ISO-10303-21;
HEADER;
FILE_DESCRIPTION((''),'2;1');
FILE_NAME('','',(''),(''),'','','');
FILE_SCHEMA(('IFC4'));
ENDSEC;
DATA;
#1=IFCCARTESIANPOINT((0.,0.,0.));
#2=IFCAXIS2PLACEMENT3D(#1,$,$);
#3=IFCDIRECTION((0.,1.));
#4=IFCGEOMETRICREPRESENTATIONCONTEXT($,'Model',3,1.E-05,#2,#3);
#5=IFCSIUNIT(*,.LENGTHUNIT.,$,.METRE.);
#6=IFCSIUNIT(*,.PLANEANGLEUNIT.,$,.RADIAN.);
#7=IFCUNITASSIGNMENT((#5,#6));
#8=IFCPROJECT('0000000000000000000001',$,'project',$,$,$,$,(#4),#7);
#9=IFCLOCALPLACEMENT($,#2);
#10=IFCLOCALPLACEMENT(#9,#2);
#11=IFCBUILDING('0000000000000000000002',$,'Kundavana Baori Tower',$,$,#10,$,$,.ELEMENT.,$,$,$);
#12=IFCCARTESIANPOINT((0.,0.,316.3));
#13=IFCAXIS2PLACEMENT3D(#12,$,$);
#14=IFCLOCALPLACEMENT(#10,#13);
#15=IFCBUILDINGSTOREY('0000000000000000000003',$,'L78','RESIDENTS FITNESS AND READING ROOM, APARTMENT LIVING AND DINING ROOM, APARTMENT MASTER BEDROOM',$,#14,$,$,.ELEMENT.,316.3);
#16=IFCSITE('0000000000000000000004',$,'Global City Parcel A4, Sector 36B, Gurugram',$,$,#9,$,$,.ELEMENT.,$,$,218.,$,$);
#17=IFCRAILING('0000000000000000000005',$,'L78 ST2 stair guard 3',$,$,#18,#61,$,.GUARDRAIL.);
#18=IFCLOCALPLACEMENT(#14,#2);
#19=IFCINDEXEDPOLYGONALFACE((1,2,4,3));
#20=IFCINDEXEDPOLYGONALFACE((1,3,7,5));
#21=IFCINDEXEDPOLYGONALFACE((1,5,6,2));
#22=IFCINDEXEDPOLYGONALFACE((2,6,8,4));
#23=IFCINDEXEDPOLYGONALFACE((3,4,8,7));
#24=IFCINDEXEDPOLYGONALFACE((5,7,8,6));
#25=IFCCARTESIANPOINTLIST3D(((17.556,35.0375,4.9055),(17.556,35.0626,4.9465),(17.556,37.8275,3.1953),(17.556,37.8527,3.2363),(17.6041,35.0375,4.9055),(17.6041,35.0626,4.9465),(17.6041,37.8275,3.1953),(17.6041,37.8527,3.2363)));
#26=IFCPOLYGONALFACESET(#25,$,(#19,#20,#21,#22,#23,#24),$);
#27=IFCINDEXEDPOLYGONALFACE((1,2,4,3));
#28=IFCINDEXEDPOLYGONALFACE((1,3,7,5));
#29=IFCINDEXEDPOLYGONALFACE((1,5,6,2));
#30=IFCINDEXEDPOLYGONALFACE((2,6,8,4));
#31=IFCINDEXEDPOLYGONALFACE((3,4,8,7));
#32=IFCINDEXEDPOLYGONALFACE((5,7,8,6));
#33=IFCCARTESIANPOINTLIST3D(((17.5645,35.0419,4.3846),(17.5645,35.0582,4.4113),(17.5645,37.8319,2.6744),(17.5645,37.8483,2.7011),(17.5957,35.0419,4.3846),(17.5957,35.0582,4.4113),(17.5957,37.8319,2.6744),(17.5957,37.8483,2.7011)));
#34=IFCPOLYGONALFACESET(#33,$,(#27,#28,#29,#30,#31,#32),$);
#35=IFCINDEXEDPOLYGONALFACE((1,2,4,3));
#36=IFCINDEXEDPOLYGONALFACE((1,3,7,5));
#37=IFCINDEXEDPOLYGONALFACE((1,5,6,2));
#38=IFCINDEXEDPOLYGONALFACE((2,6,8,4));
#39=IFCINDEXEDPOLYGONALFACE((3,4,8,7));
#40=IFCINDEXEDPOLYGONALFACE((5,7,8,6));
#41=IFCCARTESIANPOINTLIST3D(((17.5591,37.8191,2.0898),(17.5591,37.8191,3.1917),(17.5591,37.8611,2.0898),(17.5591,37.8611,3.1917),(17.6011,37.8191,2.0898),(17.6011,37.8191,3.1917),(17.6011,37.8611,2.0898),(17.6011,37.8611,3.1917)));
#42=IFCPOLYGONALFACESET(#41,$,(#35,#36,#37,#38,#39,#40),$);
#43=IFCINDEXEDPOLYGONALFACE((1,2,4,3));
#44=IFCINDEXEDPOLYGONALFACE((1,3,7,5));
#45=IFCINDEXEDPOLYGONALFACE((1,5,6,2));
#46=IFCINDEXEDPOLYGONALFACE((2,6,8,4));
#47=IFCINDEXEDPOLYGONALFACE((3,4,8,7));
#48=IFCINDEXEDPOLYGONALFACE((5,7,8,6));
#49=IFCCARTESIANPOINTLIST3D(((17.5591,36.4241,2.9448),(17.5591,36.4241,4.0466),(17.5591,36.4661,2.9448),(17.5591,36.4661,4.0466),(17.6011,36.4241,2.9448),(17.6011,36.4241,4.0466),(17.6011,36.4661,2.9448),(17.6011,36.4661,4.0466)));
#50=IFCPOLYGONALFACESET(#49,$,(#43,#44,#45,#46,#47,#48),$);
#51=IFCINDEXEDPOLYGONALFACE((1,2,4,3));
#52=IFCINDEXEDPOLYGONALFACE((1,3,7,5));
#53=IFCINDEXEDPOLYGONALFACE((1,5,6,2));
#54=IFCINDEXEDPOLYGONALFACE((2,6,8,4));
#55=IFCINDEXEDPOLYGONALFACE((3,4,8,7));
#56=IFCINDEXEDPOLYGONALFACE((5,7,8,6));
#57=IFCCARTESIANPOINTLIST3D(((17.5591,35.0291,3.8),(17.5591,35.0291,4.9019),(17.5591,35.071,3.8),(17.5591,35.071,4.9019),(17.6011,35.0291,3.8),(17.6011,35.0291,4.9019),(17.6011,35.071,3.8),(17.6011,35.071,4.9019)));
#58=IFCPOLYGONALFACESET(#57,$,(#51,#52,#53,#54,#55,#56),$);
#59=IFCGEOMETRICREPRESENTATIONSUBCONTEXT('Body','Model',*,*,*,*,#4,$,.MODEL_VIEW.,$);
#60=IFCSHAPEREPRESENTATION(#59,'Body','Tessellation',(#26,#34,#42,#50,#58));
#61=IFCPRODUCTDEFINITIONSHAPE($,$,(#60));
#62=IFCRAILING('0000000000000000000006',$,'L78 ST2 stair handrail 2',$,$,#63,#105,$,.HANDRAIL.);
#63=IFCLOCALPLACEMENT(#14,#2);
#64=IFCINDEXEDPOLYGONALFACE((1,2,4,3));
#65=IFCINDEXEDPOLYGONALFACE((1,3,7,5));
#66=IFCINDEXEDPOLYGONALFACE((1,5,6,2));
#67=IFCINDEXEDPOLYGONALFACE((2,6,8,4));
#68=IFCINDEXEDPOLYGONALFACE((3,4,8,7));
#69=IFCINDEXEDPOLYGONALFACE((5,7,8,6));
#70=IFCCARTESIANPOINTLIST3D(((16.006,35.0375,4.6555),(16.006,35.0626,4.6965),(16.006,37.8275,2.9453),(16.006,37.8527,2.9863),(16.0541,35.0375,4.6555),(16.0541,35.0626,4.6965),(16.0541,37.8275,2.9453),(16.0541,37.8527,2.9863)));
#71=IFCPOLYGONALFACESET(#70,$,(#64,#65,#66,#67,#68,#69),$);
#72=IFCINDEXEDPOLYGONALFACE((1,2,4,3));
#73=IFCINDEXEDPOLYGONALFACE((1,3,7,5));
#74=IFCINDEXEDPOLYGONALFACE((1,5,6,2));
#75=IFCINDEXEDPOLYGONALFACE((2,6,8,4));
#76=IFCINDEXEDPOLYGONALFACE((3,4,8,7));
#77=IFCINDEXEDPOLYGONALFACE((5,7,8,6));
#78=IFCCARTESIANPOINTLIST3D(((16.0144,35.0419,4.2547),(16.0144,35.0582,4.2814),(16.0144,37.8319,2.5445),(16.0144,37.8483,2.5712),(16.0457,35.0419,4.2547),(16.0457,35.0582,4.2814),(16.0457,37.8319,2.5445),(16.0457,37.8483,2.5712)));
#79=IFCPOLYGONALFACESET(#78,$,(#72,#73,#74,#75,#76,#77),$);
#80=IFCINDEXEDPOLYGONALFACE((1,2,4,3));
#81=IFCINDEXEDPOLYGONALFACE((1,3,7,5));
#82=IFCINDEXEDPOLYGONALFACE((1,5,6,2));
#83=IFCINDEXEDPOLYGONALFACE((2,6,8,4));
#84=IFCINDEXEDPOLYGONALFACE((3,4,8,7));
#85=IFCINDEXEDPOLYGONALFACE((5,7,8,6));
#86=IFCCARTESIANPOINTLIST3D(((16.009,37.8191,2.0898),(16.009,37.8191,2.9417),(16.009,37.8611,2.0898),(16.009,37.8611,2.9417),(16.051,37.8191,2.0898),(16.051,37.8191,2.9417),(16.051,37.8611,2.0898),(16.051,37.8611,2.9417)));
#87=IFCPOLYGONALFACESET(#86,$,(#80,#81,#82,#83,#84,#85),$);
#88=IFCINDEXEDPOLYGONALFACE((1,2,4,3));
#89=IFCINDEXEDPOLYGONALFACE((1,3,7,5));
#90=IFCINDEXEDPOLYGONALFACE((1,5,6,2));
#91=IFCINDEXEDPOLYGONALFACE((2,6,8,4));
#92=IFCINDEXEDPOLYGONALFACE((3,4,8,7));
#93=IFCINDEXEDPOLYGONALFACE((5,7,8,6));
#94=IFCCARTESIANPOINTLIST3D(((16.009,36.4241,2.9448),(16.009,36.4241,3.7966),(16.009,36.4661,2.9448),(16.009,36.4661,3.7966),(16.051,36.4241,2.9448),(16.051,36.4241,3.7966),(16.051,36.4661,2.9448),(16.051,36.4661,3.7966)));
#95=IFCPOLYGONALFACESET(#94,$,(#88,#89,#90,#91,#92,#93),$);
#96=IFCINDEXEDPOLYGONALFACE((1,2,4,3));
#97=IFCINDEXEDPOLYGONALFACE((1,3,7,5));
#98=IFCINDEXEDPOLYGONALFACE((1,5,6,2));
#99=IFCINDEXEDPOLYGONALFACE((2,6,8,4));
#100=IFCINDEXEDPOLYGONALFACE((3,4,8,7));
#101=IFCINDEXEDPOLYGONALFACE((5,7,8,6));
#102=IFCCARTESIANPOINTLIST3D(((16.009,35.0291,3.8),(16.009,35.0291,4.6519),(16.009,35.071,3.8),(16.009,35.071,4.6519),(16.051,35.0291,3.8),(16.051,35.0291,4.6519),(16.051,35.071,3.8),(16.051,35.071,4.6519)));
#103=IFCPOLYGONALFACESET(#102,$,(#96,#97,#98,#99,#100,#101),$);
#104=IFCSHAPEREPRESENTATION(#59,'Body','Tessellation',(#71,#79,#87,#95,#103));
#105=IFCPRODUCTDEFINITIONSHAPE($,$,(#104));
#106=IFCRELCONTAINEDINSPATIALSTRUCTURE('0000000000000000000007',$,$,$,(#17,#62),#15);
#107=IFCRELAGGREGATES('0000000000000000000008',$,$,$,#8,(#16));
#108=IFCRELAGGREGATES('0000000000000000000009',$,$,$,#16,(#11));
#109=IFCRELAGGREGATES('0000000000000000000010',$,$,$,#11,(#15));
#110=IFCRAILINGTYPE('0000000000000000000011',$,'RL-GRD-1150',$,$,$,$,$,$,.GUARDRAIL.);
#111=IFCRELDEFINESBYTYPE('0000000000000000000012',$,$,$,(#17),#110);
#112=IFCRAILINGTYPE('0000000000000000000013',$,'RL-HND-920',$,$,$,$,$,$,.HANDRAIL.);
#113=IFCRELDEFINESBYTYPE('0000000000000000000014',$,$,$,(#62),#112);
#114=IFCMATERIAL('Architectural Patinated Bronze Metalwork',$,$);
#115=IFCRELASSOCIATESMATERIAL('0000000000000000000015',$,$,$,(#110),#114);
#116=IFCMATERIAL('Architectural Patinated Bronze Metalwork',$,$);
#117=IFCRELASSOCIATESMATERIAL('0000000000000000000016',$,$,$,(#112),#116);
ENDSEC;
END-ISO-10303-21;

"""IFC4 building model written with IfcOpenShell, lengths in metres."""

from ifc_helpers import new_model, si_unit, direction, frame, origin, origin_2d, place, context, subcontext, project, spatial, rectangle, extrude, material, type_object, element, save


model = new_model("IFC4")

# Units and contexts
model_context = context("Model", 3, precision=1e-05, world=origin(), true_north=direction((0.0, 1.0)))
body_context = subcontext(model_context, "Body", "Model", "MODEL_VIEW")
ifc_project = project(units=[si_unit("LENGTHUNIT", "METRE"), si_unit("PLANEANGLEUNIT", "RADIAN")], contexts=[model_context])

# Site, building, storey
site_placement = place(None, origin())
site = spatial("IfcSite", under=ifc_project, at=site_placement, Name="Global City Parcel A4, Sector 36B, Gurugram", CompositionType="ELEMENT", RefElevation=218.0)
building_placement = place(site_placement, origin())
building = spatial("IfcBuilding", under=site, at=building_placement, Name="Kundavana Baori Tower", CompositionType="ELEMENT")
storey_placement = place(building_placement, frame((0.0, 0.0, 316.3)))
storey = spatial("IfcBuildingStorey", under=building, at=storey_placement, Name="L78", Description="RESIDENTS FITNESS AND READING ROOM, APARTMENT LIVING AND DINING ROOM, APARTMENT MASTER BEDROOM", CompositionType="ELEMENT", Elevation=316.3)

# Railings
ifc_material_1 = material(Name="Architectural Patinated Bronze Metalwork")
railing_type_1 = type_object("IfcRailingType", Name="RL-GRD-1150", PredefinedType="GUARDRAIL", material=ifc_material_1)
railing_1_placement = place(storey_placement, frame((17.5801, 37.8401, 2.0898)))
element("IfcRailing", 1, at=railing_1_placement, inside=storey, type_object=railing_type_1, Name="L78 ST2 stair guard 3", PredefinedType="GUARDRAIL", context=body_context, shape_type="SweptSolid", body=[
    extrude(rectangle(XDim=0.0481, YDim=0.0481, at=origin_2d()), frame((0.0, 0.0, 1.126), z_axis=(0.0, -0.852577, 0.522602), x_axis=(1.0, 0.0, 0.0)), (0.0, 0.0, 1.0), 3.2725),
    extrude(rectangle(XDim=0.0312, YDim=0.0312, at=origin_2d()), frame((0.0, 0.0, 0.5979), z_axis=(0.0, -0.852577, 0.522602), x_axis=(1.0, 0.0, 0.0)), (0.0, 0.0, 1.0), 3.2725),
    extrude(rectangle(XDim=0.042, YDim=0.042, at=origin_2d()), origin(), (0.0, 0.0, 1.0), 1.1018),
    extrude(rectangle(XDim=0.042, YDim=0.042, at=origin_2d()), frame((0.0, -1.395, 0.855)), (0.0, 0.0, 1.0), 1.1018),
    extrude(rectangle(XDim=0.042, YDim=0.042, at=origin_2d()), frame((0.0, -2.79, 1.7102)), (0.0, 0.0, 1.0), 1.1018),
])
ifc_material_2 = material(Name="Architectural Patinated Bronze Metalwork")
railing_type_2 = type_object("IfcRailingType", Name="RL-HND-920", PredefinedType="HANDRAIL", material=ifc_material_2)
railing_2_placement = place(storey_placement, frame((16.03, 37.8401, 2.0898)))
element("IfcRailing", 2, at=railing_2_placement, inside=storey, type_object=railing_type_2, Name="L78 ST2 stair handrail 2", PredefinedType="HANDRAIL", context=body_context, shape_type="SweptSolid", body=[
    extrude(rectangle(XDim=0.0481, YDim=0.0481, at=origin_2d()), frame((0.0, 0.0, 0.876), z_axis=(0.0, -0.852577, 0.522602), x_axis=(1.0, 0.0, 0.0)), (0.0, 0.0, 1.0), 3.2725),
    extrude(rectangle(XDim=0.0312, YDim=0.0312, at=origin_2d()), frame((0.0, 0.0, 0.468), z_axis=(0.0, -0.852577, 0.522602), x_axis=(1.0, 0.0, 0.0)), (0.0, 0.0, 1.0), 3.2725),
    extrude(rectangle(XDim=0.042, YDim=0.042, at=origin_2d()), origin(), (0.0, 0.0, 1.0), 0.8518),
    extrude(rectangle(XDim=0.042, YDim=0.042, at=origin_2d()), frame((0.0, -1.395, 0.855)), (0.0, 0.0, 1.0), 0.8518),
    extrude(rectangle(XDim=0.042, YDim=0.042, at=origin_2d()), frame((0.0, -2.79, 1.7102)), (0.0, 0.0, 1.0), 0.8518),
])

save(model, "model.ifc")
